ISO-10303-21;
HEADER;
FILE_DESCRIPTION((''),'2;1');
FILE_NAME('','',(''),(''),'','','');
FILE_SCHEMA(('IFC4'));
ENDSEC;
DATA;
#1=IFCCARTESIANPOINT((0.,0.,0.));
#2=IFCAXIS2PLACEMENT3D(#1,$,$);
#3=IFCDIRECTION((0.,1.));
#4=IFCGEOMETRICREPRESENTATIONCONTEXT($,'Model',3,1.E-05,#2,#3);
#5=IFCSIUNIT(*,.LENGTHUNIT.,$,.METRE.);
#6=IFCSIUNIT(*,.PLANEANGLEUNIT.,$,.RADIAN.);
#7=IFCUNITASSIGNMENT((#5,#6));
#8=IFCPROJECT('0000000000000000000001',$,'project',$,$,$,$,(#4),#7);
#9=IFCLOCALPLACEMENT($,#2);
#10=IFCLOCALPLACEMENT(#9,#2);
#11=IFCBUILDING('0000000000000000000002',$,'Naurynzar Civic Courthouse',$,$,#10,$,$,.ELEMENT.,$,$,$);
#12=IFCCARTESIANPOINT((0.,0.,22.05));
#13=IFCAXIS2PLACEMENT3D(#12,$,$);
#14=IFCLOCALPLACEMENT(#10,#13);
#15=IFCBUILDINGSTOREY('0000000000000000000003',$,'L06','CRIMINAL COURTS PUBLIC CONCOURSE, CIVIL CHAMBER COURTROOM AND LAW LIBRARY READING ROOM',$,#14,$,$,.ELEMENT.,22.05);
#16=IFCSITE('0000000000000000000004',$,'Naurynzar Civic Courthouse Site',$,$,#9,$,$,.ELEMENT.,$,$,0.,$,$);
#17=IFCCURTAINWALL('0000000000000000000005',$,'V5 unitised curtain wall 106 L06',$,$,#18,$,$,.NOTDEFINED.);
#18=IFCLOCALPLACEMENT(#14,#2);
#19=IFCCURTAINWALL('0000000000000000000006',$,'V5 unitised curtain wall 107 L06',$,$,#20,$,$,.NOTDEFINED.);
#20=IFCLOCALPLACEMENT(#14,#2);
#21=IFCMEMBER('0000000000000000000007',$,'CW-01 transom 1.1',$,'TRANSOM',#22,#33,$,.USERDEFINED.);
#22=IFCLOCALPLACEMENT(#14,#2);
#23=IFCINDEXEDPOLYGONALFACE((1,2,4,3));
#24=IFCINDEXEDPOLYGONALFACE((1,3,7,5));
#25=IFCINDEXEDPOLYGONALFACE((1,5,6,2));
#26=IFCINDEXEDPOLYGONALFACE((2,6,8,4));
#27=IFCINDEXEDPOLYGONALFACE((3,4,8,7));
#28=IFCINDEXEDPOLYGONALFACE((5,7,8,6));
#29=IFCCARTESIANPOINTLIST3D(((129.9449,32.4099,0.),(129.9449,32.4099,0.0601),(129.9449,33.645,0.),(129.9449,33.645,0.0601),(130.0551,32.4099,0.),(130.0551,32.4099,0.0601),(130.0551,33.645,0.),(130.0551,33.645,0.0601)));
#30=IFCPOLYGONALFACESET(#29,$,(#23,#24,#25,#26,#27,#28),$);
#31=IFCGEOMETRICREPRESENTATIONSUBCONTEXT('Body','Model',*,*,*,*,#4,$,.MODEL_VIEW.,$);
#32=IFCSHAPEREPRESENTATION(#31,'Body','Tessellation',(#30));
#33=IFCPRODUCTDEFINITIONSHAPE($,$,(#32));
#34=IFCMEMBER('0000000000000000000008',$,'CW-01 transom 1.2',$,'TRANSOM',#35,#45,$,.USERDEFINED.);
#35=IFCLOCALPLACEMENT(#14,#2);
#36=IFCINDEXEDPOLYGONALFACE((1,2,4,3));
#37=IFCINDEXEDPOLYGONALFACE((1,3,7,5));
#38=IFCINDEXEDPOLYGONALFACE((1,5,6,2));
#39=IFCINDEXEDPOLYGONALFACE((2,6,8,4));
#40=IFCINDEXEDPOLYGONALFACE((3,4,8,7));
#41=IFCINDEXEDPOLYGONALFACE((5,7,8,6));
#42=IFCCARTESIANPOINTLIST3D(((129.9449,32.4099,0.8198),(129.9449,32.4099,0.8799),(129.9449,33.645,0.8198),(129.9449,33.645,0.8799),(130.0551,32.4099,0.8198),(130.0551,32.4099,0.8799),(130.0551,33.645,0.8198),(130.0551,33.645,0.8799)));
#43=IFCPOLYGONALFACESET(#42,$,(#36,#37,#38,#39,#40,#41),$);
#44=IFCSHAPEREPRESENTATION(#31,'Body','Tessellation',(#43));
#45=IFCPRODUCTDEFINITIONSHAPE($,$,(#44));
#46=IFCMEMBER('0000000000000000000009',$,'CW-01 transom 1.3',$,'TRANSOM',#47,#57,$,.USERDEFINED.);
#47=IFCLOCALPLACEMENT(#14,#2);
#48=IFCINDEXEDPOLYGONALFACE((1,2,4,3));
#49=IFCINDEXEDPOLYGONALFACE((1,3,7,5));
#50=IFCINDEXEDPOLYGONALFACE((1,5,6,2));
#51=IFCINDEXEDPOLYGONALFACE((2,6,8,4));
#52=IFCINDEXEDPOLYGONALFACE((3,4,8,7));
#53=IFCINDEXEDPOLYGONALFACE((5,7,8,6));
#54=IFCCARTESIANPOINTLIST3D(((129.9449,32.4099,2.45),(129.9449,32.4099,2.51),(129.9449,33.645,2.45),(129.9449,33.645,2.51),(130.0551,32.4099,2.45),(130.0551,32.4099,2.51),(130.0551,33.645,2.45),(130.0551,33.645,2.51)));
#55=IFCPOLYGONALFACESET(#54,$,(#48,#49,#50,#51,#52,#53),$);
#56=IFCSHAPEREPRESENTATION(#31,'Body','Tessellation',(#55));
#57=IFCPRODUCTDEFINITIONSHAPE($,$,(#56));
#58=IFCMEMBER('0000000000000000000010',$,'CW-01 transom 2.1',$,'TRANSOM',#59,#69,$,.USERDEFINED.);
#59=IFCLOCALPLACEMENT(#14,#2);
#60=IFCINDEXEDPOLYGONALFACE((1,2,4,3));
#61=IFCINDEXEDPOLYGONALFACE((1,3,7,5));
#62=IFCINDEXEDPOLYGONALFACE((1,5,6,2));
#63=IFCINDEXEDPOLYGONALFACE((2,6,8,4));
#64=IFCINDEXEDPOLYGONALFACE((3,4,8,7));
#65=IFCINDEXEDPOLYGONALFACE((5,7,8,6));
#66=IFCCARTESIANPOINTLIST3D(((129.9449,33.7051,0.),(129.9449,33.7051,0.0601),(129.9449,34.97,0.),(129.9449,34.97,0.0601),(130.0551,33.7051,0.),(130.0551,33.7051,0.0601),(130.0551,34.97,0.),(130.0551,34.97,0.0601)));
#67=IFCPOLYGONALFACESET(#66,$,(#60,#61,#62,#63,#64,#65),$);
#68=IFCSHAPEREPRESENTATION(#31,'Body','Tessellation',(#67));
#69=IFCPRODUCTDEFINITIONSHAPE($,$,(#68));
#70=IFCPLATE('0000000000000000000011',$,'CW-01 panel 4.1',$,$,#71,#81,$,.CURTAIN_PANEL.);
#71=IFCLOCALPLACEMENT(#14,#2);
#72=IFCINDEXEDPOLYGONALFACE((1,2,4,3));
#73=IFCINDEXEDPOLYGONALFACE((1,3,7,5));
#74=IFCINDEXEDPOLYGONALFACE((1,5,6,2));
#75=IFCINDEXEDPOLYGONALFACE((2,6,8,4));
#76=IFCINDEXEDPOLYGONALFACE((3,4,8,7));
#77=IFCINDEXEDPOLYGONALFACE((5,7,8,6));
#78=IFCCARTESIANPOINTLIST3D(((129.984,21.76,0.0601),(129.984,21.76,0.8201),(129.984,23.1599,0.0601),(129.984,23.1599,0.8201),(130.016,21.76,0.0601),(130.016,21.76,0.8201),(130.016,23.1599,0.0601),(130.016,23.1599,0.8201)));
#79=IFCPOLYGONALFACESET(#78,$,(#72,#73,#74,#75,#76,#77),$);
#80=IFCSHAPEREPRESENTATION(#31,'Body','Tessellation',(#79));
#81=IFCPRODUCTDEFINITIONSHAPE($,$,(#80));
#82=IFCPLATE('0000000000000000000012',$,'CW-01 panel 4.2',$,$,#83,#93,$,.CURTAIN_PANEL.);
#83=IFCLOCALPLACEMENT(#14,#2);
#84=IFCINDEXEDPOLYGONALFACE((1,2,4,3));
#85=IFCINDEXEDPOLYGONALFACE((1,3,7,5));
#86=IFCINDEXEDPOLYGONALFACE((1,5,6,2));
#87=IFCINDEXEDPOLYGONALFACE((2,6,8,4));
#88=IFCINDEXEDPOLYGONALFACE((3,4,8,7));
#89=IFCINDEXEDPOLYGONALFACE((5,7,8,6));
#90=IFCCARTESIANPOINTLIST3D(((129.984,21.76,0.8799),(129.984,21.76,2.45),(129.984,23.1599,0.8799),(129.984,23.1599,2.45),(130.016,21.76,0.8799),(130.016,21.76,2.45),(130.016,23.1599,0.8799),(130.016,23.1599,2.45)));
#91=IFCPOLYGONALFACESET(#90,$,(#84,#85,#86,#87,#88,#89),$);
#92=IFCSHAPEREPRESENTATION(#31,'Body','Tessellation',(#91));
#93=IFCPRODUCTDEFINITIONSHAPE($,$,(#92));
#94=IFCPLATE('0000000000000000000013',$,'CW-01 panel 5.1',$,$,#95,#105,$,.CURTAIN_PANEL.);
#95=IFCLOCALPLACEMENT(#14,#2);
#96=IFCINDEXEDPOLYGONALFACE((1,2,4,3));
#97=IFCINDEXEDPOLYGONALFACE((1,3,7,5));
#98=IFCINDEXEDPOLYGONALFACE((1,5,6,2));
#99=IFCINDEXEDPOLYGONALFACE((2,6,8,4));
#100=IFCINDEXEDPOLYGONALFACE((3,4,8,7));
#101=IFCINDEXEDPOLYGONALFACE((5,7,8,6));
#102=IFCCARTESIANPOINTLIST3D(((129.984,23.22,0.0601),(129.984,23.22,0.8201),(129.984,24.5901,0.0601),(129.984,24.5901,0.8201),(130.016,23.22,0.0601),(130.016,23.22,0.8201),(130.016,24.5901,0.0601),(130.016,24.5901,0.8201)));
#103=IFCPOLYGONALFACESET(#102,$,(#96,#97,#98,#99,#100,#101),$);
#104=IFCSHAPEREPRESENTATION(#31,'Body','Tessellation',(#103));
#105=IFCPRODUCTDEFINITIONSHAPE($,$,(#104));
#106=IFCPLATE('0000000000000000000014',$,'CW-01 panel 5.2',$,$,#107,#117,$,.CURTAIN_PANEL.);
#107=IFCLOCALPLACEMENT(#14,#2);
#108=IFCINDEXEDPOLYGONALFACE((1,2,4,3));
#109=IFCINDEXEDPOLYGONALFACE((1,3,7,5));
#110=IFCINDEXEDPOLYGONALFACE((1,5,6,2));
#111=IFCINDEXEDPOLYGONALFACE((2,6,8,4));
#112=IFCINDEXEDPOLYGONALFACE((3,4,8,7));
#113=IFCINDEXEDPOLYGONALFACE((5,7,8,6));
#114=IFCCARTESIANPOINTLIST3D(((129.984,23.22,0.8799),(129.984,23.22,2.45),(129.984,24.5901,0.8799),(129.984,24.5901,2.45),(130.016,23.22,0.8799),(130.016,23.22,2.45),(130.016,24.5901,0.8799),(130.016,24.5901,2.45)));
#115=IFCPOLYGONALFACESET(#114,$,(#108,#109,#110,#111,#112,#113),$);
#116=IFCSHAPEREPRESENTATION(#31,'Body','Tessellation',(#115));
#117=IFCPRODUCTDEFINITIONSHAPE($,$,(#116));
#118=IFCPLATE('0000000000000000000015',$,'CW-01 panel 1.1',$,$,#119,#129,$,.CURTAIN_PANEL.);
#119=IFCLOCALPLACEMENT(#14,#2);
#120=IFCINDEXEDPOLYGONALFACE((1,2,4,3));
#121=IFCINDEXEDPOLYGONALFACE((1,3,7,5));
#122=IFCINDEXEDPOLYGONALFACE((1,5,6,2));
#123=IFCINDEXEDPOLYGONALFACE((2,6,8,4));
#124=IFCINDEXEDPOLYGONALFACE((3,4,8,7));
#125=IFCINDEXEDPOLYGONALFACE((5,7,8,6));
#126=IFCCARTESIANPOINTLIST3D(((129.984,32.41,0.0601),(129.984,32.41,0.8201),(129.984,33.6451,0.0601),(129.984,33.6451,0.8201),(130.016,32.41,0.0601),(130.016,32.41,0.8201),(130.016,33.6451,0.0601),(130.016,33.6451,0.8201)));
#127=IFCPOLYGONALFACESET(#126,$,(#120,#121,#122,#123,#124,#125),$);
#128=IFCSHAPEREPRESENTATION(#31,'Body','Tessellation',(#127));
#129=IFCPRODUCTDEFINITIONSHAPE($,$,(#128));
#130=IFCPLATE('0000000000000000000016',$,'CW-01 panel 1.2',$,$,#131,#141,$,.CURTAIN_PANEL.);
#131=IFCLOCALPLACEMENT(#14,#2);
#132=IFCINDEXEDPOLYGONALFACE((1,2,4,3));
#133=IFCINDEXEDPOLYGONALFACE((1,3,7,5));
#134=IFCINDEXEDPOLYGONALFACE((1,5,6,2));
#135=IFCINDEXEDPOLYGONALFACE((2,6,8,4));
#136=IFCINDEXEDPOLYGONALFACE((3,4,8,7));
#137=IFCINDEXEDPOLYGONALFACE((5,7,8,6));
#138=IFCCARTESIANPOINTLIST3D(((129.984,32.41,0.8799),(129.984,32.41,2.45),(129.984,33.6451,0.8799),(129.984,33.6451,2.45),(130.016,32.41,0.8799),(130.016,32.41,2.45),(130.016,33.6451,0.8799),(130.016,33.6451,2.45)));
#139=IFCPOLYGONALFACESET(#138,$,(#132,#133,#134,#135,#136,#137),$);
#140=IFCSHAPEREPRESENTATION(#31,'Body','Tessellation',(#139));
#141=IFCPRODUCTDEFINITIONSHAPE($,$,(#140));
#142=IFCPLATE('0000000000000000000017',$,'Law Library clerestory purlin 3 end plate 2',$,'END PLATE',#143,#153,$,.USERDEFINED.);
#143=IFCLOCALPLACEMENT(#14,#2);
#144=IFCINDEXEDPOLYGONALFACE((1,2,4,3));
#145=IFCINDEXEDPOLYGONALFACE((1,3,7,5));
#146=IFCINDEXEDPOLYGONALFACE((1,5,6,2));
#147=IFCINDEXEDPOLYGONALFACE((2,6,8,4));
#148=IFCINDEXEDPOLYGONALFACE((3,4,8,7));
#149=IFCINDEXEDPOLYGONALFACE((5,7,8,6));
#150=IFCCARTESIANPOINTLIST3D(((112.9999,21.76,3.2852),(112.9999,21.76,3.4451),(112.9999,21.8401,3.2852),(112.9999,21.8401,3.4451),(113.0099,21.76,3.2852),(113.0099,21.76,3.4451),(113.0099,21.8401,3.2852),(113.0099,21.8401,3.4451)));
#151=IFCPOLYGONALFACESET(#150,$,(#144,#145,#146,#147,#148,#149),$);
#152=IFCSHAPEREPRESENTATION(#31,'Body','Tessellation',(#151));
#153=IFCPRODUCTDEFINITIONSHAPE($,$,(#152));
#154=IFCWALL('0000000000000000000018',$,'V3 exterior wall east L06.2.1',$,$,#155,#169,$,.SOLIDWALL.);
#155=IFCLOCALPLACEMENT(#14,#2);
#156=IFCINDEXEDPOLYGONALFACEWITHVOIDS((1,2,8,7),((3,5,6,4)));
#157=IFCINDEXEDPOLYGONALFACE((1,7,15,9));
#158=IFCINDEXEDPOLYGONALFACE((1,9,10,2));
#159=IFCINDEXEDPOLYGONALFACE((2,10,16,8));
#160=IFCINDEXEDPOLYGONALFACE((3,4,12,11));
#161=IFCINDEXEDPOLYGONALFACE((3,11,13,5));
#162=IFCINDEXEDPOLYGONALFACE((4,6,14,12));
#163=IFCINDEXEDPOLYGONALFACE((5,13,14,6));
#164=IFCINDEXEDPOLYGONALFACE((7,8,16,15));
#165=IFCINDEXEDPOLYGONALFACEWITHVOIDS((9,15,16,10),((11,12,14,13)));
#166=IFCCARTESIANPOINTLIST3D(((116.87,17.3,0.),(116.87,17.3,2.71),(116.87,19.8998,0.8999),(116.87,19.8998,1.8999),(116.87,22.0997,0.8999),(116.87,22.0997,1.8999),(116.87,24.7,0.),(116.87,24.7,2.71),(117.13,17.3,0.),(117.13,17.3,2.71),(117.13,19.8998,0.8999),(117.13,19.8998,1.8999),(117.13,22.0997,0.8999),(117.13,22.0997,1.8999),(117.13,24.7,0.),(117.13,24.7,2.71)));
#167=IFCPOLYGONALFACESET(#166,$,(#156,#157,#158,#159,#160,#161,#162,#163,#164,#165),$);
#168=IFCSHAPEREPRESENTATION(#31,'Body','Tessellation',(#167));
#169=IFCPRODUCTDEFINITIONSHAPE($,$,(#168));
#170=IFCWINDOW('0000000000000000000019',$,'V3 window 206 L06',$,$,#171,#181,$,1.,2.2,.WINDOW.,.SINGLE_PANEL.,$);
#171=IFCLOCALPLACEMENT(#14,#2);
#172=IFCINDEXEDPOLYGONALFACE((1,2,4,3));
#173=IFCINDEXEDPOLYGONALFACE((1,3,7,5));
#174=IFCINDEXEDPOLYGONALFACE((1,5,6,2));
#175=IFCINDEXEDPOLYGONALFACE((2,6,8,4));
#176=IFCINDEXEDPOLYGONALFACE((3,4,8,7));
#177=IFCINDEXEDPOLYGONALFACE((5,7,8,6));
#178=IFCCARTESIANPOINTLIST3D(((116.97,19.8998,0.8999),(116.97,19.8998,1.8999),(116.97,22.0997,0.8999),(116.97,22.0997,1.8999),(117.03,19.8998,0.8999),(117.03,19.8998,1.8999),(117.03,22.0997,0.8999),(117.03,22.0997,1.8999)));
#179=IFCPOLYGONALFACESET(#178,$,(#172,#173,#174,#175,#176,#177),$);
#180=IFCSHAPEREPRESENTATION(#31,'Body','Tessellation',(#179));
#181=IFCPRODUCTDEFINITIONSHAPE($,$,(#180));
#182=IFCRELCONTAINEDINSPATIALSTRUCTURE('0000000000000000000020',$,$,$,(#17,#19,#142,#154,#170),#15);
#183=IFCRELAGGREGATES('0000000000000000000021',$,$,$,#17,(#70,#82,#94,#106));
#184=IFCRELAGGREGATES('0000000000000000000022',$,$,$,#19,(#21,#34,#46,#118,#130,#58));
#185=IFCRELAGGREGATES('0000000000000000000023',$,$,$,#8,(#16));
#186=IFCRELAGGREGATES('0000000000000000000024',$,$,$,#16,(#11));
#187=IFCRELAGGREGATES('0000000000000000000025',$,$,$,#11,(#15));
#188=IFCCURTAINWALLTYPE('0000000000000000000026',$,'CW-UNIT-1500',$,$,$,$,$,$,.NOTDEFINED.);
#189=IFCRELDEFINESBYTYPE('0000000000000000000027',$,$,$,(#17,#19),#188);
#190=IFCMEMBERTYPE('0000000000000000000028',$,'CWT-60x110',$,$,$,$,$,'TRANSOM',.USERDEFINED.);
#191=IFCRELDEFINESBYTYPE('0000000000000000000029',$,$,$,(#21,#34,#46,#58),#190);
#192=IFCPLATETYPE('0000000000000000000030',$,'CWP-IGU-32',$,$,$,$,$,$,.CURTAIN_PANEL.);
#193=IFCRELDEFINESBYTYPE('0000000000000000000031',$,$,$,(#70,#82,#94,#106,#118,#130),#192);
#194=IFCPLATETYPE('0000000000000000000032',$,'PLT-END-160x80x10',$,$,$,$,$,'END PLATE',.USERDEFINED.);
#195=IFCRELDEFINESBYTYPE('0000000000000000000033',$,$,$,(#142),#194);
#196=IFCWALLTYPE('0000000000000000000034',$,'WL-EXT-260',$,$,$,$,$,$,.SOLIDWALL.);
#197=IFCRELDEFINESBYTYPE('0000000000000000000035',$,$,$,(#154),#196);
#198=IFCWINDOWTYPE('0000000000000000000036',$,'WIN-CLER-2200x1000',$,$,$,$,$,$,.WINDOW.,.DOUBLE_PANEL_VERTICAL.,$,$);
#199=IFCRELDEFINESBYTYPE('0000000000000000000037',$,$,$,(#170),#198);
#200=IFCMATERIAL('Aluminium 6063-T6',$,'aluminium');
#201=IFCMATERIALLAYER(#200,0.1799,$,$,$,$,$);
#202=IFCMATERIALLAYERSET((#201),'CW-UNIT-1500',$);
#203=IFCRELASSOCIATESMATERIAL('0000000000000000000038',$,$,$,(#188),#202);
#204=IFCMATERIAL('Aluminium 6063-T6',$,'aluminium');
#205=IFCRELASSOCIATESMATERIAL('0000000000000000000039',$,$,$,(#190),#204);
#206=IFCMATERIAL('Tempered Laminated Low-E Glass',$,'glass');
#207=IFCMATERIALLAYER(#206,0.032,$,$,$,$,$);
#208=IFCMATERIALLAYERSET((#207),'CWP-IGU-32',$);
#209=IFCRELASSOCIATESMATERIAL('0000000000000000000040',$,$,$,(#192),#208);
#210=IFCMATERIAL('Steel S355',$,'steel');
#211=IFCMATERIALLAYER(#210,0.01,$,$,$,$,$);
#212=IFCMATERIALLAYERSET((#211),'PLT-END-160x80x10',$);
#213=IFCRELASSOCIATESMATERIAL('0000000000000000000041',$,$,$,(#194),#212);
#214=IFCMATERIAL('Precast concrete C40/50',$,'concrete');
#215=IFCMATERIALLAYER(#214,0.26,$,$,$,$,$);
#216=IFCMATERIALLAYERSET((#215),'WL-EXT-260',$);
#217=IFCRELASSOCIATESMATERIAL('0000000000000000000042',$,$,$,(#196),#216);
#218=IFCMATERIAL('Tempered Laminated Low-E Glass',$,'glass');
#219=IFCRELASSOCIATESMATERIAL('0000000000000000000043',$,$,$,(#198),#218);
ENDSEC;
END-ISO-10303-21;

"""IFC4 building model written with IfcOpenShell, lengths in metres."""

from ifc_helpers import new_model, si_unit, direction, frame, frame_2d, origin, origin_2d, place, context, subcontext, project, spatial, rectangle, extrude, material, layer, layer_set, material_profile, profile_set, type_object, element, fill, aggregate, save


model = new_model("IFC4")

# Units and contexts
model_context = context("Model", 3, precision=1e-05, world=origin(), true_north=direction((0.0, 1.0)))
body_context = subcontext(model_context, "Body", "Model", "MODEL_VIEW")
ifc_project = project(units=[si_unit("LENGTHUNIT", "METRE"), si_unit("PLANEANGLEUNIT", "RADIAN")], contexts=[model_context])

# Site, building, storey
site_placement = place(None, origin())
site = spatial("IfcSite", under=ifc_project, at=site_placement, Name="Naurynzar Civic Courthouse Site", CompositionType="ELEMENT", RefElevation=0.0)
building_placement = place(site_placement, origin())
building = spatial("IfcBuilding", under=site, at=building_placement, Name="Naurynzar Civic Courthouse", CompositionType="ELEMENT")
storey_placement = place(building_placement, frame((0.0, 0.0, 22.05)))
storey = spatial("IfcBuildingStorey", under=building, at=storey_placement, Name="L06", Description="CRIMINAL COURTS PUBLIC CONCOURSE, CIVIL CHAMBER COURTROOM AND LAW LIBRARY READING ROOM", CompositionType="ELEMENT", Elevation=22.05)

# Curtain walls
ifc_material_1 = material(Name="Aluminium 6063-T6", Category="aluminium")
ifc_layer_1 = layer(ifc_material_1, 0.1799)
ifc_layer_set_1 = layer_set([ifc_layer_1], Name="CW-UNIT-1500")
curtain_wall_type = type_object("IfcCurtainWallType", Name="CW-UNIT-1500", PredefinedType="NOTDEFINED", material=ifc_layer_set_1)
curtain_wall_1_placement = place(storey_placement, origin())
curtain_wall_1 = element("IfcCurtainWall", 1, at=curtain_wall_1_placement, inside=storey, type_object=curtain_wall_type, Name="V5 unitised curtain wall 106 L06", PredefinedType="NOTDEFINED")
curtain_wall_2_placement = place(storey_placement, origin())
curtain_wall_2 = element("IfcCurtainWall", 2, at=curtain_wall_2_placement, inside=storey, type_object=curtain_wall_type, Name="V5 unitised curtain wall 107 L06", PredefinedType="NOTDEFINED")

# Members
ifc_material_2 = material(Name="Aluminium 6063-T6", Category="aluminium")
ifc_material_profile_1 = material_profile(ifc_material_2, rectangle(XDim=0.1101, YDim=0.0601, at=origin_2d()), Name="ALU TRANSOM 60x110")
ifc_profile_set_1 = profile_set([ifc_material_profile_1], Name="Aluminium 6063-T6")
member_type_1 = type_object("IfcMemberType", Name="CWT-60x110", ElementType="TRANSOM", PredefinedType="USERDEFINED", material=ifc_profile_set_1)
member_1_placement = place(storey_placement, frame((130.0, 32.4099, 0.03), z_axis=(0.0, 1.0, 0.0), x_axis=(-1.0, 0.0, 0.0)))
member_1 = element("IfcMember", 3, at=member_1_placement, type_object=member_type_1, Name="CW-01 transom 1.1", ObjectType="TRANSOM", PredefinedType="USERDEFINED", context=body_context, shape_type="SweptSolid", body=[
    extrude(rectangle(XDim=0.1101, YDim=0.0601, at=origin_2d()), origin(), (0.0, 0.0, 1.0), 1.2351),
])
member_2_placement = place(storey_placement, frame((130.0, 32.4099, 0.8499), z_axis=(0.0, 1.0, 0.0), x_axis=(-1.0, 0.0, 0.0)))
member_2 = element("IfcMember", 4, at=member_2_placement, type_object=member_type_1, Name="CW-01 transom 1.2", ObjectType="TRANSOM", PredefinedType="USERDEFINED", context=body_context, shape_type="SweptSolid", body=[
    extrude(rectangle(XDim=0.1101, YDim=0.0601, at=origin_2d()), origin(), (0.0, 0.0, 1.0), 1.2351),
])
member_3_placement = place(storey_placement, frame((130.0, 32.4099, 2.48), z_axis=(0.0, 1.0, 0.0), x_axis=(-1.0, 0.0, 0.0)))
member_3 = element("IfcMember", 5, at=member_3_placement, type_object=member_type_1, Name="CW-01 transom 1.3", ObjectType="TRANSOM", PredefinedType="USERDEFINED", context=body_context, shape_type="SweptSolid", body=[
    extrude(rectangle(XDim=0.1101, YDim=0.0601, at=origin_2d()), origin(), (0.0, 0.0, 1.0), 1.2351),
])
member_4_placement = place(storey_placement, frame((130.0, 33.7051, 0.03), z_axis=(0.0, 1.0, 0.0), x_axis=(-1.0, 0.0, 0.0)))
member_4 = element("IfcMember", 6, at=member_4_placement, type_object=member_type_1, Name="CW-01 transom 2.1", ObjectType="TRANSOM", PredefinedType="USERDEFINED", context=body_context, shape_type="SweptSolid", body=[
    extrude(rectangle(XDim=0.1101, YDim=0.0601, at=origin_2d()), origin(), (0.0, 0.0, 1.0), 1.2649),
])

# Plates
ifc_material_3 = material(Name="Tempered Laminated Low-E Glass", Category="glass")
ifc_layer_2 = layer(ifc_material_3, 0.032)
ifc_layer_set_2 = layer_set([ifc_layer_2], Name="CWP-IGU-32")
plate_type_1 = type_object("IfcPlateType", Name="CWP-IGU-32", PredefinedType="CURTAIN_PANEL", material=ifc_layer_set_2)
plate_1_placement = place(storey_placement, frame((130.0, 22.46, 0.0601), z_axis=(0.0, 0.0, 1.0), x_axis=(0.0, 1.0, 0.0)))
plate_1 = element("IfcPlate", 7, at=plate_1_placement, type_object=plate_type_1, Name="CW-01 panel 4.1", PredefinedType="CURTAIN_PANEL", context=body_context, shape_type="SweptSolid", body=[
    extrude(rectangle(XDim=1.3999, YDim=0.032, at=origin_2d()), origin(), (0.0, 0.0, 1.0), 0.76),
])
plate_2_placement = place(storey_placement, frame((130.0, 22.46, 0.8799), z_axis=(0.0, 0.0, 1.0), x_axis=(0.0, 1.0, 0.0)))
plate_2 = element("IfcPlate", 8, at=plate_2_placement, type_object=plate_type_1, Name="CW-01 panel 4.2", PredefinedType="CURTAIN_PANEL", context=body_context, shape_type="SweptSolid", body=[
    extrude(rectangle(XDim=1.3999, YDim=0.032, at=origin_2d()), origin(), (0.0, 0.0, 1.0), 1.5701),
])
plate_3_placement = place(storey_placement, frame((130.0, 23.905, 0.0601), z_axis=(0.0, 0.0, 1.0), x_axis=(0.0, 1.0, 0.0)))
plate_3 = element("IfcPlate", 9, at=plate_3_placement, type_object=plate_type_1, Name="CW-01 panel 5.1", PredefinedType="CURTAIN_PANEL", context=body_context, shape_type="SweptSolid", body=[
    extrude(rectangle(XDim=1.3701, YDim=0.032, at=origin_2d()), origin(), (0.0, 0.0, 1.0), 0.76),
])
plate_4_placement = place(storey_placement, frame((130.0, 23.905, 0.8799), z_axis=(0.0, 0.0, 1.0), x_axis=(0.0, 1.0, 0.0)))
plate_4 = element("IfcPlate", 10, at=plate_4_placement, type_object=plate_type_1, Name="CW-01 panel 5.2", PredefinedType="CURTAIN_PANEL", context=body_context, shape_type="SweptSolid", body=[
    extrude(rectangle(XDim=1.3701, YDim=0.032, at=origin_2d()), origin(), (0.0, 0.0, 1.0), 1.5701),
])
aggregate(curtain_wall_1, [plate_1, plate_2, plate_3, plate_4])
plate_5_placement = place(storey_placement, frame((130.0, 33.0276, 0.0601), z_axis=(0.0, 0.0, 1.0), x_axis=(0.0, 1.0, 0.0)))
plate_5 = element("IfcPlate", 11, at=plate_5_placement, type_object=plate_type_1, Name="CW-01 panel 1.1", PredefinedType="CURTAIN_PANEL", context=body_context, shape_type="SweptSolid", body=[
    extrude(rectangle(XDim=1.2351, YDim=0.032, at=origin_2d()), origin(), (0.0, 0.0, 1.0), 0.76),
])
plate_6_placement = place(storey_placement, frame((130.0, 33.0276, 0.8799), z_axis=(0.0, 0.0, 1.0), x_axis=(0.0, 1.0, 0.0)))
plate_6 = element("IfcPlate", 12, at=plate_6_placement, type_object=plate_type_1, Name="CW-01 panel 1.2", PredefinedType="CURTAIN_PANEL", context=body_context, shape_type="SweptSolid", body=[
    extrude(rectangle(XDim=1.2351, YDim=0.032, at=origin_2d()), origin(), (0.0, 0.0, 1.0), 1.5701),
])
aggregate(curtain_wall_2, [member_1, member_2, member_3, plate_5, plate_6, member_4])
ifc_material_4 = material(Name="Steel S355", Category="steel")
ifc_layer_3 = layer(ifc_material_4, 0.01)
ifc_layer_set_3 = layer_set([ifc_layer_3], Name="PLT-END-160x80x10")
plate_type_2 = type_object("IfcPlateType", Name="PLT-END-160x80x10", ElementType="END PLATE", PredefinedType="USERDEFINED", material=ifc_layer_set_3)
plate_7_placement = place(storey_placement, frame((113.0049, 21.8, 3.2852), z_axis=(0.0, 0.0, 1.0), x_axis=(1.0, 0.0, 0.0)))
element("IfcPlate", 13, at=plate_7_placement, inside=storey, type_object=plate_type_2, Name="Law Library clerestory purlin 3 end plate 2", ObjectType="END PLATE", PredefinedType="USERDEFINED", context=body_context, shape_type="SweptSolid", body=[
    extrude(rectangle(XDim=0.01, YDim=0.0801, at=origin_2d()), origin(), (0.0, 0.0, 1.0), 0.1599),
])

# Wall, opening, window
ifc_material_5 = material(Name="Precast concrete C40/50", Category="concrete")
ifc_layer_4 = layer(ifc_material_5, 0.26)
ifc_layer_set_4 = layer_set([ifc_layer_4], Name="WL-EXT-260")
wall_type_1 = type_object("IfcWallType", Name="WL-EXT-260", PredefinedType="SOLIDWALL", material=ifc_layer_set_4)
wall_1_placement = place(storey_placement, frame((117.0, 24.7, 0.0), z_axis=(0.0, 0.0, 1.0), x_axis=(0.0, -1.0, 0.0)))
wall_1 = element("IfcWall", 14, at=wall_1_placement, inside=storey, type_object=wall_type_1, Name="V3 exterior wall east L06.2.1", PredefinedType="SOLIDWALL", context=body_context, shape_type="SweptSolid", body=[
    extrude(rectangle(XDim=7.3999, YDim=0.26, at=frame_2d((3.7, 0.0))), origin(), (0.0, 0.0, 1.0), 2.71),
])
opening_1_placement = place(wall_1_placement, frame((2.6001, 0.0, 0.8999)))
opening_1 = element("IfcOpeningElement", 15, at=opening_1_placement, cuts=wall_1, PredefinedType="OPENING", context=body_context, shape_type="SweptSolid", body=[
    extrude(rectangle(XDim=2.2, YDim=1.0, at=frame_2d((1.1001, 0.5))), frame((0.0, 0.1399, 0.0), z_axis=(0.0, -1.0, 0.0), x_axis=(1.0, 0.0, 0.0)), (0.0, 0.0, 1.0), 0.28),
])
ifc_material_6 = material(Name="Tempered Laminated Low-E Glass", Category="glass")
window_type_1 = type_object("IfcWindowType", Name="WIN-CLER-2200x1000", PartitioningType="DOUBLE_PANEL_VERTICAL", PredefinedType="WINDOW", material=ifc_material_6)
window_1_placement = place(opening_1_placement, origin())
window_1 = element("IfcWindow", 16, at=window_1_placement, inside=storey, type_object=window_type_1, Name="V3 window 206 L06", OverallHeight=1.0, OverallWidth=2.2, PartitioningType="SINGLE_PANEL", PredefinedType="WINDOW", context=body_context, shape_type="SweptSolid", body=[
    extrude(rectangle(XDim=2.2, YDim=1.0, at=frame_2d((1.1001, 0.5))), frame((0.0, 0.03, 0.0), z_axis=(0.0, -1.0, 0.0), x_axis=(1.0, 0.0, 0.0)), (0.0, 0.0, 1.0), 0.0601),
])
fill(opening_1, window_1)

save(model, "model.ifc")
